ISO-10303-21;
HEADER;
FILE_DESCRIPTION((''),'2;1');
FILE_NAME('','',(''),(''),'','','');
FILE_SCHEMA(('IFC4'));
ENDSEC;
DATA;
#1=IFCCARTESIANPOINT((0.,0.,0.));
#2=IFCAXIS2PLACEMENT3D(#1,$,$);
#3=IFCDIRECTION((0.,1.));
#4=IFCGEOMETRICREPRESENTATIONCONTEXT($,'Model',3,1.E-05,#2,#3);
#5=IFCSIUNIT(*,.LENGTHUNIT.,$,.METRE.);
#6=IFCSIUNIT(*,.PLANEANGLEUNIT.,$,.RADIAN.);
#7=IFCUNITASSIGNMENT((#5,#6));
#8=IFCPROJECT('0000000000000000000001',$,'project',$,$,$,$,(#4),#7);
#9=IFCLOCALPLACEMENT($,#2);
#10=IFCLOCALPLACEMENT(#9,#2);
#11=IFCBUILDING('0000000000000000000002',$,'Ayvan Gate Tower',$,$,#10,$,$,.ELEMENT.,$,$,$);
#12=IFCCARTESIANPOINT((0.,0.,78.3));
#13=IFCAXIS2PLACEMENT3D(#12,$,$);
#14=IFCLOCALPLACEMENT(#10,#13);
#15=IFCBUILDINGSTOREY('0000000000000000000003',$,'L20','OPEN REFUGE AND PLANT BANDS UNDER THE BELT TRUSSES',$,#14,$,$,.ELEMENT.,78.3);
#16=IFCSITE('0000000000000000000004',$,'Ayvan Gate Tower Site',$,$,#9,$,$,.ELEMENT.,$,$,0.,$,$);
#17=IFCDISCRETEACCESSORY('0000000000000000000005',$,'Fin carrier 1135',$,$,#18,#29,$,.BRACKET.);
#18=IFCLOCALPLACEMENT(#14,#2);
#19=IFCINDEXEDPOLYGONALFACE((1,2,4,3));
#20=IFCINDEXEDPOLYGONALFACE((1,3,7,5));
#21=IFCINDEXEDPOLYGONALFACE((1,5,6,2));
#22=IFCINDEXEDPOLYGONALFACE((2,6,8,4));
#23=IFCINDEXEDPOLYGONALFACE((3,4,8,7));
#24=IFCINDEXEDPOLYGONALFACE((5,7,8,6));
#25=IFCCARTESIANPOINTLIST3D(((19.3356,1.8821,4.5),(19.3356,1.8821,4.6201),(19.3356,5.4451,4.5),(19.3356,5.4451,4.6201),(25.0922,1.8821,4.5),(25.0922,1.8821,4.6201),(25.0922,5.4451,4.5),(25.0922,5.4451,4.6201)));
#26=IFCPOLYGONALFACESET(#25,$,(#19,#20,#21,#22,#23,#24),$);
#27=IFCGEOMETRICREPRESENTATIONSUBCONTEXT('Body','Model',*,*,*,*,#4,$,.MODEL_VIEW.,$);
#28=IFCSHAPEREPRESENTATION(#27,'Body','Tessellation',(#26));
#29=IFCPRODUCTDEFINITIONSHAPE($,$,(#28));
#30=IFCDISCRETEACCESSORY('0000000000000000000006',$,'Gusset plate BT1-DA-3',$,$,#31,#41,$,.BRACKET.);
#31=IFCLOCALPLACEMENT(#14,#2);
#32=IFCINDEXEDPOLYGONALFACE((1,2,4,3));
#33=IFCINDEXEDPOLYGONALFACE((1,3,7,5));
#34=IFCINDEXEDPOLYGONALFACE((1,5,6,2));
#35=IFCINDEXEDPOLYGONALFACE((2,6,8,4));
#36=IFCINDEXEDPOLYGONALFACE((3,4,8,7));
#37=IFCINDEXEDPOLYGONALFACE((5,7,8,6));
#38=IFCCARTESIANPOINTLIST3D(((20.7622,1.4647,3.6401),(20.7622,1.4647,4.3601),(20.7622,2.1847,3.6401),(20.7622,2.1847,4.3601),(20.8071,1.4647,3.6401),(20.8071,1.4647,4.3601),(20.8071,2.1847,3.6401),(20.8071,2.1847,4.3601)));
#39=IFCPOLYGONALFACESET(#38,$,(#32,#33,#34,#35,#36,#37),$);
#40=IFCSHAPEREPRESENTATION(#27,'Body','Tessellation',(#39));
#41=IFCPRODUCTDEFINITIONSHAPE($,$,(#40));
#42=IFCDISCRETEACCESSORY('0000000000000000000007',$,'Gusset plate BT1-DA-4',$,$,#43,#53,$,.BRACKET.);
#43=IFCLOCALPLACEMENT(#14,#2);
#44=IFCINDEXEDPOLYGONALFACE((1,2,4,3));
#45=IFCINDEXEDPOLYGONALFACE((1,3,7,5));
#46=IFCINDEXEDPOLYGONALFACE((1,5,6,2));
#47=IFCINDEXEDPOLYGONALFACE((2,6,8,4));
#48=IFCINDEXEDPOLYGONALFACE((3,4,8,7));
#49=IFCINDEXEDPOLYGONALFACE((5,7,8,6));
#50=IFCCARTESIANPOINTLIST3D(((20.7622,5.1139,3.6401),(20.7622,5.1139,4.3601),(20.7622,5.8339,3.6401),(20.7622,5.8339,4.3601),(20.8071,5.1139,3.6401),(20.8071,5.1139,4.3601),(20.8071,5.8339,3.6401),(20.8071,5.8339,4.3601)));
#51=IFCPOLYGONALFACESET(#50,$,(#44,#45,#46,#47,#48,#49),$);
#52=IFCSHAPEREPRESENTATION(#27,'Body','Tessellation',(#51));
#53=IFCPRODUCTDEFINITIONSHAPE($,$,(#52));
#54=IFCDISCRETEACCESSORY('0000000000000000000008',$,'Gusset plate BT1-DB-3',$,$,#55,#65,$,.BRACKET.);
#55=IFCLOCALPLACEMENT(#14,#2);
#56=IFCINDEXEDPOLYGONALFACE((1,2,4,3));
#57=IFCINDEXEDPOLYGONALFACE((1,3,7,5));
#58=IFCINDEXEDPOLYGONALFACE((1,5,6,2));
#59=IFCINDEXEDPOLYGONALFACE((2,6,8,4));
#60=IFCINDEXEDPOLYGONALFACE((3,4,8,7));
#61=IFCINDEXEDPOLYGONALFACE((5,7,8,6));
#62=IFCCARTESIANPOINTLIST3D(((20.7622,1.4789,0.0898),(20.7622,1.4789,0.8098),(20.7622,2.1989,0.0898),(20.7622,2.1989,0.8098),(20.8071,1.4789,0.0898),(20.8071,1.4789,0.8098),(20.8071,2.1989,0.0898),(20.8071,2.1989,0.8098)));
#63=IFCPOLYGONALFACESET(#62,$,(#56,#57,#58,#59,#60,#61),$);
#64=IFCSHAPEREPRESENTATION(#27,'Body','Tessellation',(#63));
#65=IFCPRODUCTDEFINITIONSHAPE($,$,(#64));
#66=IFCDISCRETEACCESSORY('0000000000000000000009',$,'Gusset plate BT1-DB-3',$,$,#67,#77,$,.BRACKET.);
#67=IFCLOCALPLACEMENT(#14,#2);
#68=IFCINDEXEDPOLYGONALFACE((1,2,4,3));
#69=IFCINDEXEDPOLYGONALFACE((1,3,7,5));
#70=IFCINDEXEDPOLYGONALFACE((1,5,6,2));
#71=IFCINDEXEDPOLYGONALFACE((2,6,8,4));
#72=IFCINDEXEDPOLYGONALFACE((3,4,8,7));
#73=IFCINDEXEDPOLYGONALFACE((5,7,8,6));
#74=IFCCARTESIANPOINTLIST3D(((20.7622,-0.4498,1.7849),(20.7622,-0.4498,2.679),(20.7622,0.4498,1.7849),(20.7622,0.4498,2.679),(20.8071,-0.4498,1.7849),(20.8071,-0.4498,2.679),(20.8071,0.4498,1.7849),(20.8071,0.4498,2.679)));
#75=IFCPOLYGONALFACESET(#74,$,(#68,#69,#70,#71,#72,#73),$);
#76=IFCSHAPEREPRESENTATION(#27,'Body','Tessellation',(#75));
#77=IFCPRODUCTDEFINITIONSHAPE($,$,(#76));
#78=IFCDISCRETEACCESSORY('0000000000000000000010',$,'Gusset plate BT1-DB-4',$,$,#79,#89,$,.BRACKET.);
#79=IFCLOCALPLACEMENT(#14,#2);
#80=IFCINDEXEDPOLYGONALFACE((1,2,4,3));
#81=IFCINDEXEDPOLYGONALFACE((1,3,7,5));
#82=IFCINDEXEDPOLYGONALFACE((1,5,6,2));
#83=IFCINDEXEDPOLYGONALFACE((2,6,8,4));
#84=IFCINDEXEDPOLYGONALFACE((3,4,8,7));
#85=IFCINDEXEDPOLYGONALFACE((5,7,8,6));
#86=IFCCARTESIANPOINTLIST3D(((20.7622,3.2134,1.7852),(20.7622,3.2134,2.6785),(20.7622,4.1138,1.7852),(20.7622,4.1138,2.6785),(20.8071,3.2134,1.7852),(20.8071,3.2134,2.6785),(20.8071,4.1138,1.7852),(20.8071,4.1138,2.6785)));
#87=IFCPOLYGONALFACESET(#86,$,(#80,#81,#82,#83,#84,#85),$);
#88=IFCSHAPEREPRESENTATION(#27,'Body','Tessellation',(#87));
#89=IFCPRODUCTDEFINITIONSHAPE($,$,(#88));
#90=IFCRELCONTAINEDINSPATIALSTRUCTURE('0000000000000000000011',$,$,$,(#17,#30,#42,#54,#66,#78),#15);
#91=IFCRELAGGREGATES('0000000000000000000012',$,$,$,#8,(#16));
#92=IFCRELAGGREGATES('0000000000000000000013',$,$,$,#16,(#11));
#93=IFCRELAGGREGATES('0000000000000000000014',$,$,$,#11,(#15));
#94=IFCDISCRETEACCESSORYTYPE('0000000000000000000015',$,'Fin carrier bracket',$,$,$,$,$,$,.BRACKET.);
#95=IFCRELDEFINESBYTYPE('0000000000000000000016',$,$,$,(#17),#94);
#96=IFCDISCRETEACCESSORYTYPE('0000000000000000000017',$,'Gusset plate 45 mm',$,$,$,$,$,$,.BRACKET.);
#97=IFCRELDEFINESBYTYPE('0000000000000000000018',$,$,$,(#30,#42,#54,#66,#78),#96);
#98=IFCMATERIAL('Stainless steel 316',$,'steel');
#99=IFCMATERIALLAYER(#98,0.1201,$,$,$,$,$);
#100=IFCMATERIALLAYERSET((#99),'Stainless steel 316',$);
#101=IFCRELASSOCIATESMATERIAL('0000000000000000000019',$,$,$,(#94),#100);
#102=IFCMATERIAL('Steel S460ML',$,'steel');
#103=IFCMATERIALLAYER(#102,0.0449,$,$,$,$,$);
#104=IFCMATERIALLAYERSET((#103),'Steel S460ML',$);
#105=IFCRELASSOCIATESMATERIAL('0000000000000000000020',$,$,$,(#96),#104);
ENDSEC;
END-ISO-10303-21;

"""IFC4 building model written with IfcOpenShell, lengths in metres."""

from ifc_helpers import new_model, si_unit, direction, frame, origin, origin_2d, place, context, subcontext, project, spatial, rectangle, extrude, material, layer, layer_set, type_object, element, save


model = new_model("IFC4")

# Units and contexts
model_context = context("Model", 3, precision=1e-05, world=origin(), true_north=direction((0.0, 1.0)))
body_context = subcontext(model_context, "Body", "Model", "MODEL_VIEW")
ifc_project = project(units=[si_unit("LENGTHUNIT", "METRE"), si_unit("PLANEANGLEUNIT", "RADIAN")], contexts=[model_context])

# Site, building, storey
site_placement = place(None, origin())
site = spatial("IfcSite", under=ifc_project, at=site_placement, Name="Ayvan Gate Tower Site", CompositionType="ELEMENT", RefElevation=0.0)
building_placement = place(site_placement, origin())
building = spatial("IfcBuilding", under=site, at=building_placement, Name="Ayvan Gate Tower", CompositionType="ELEMENT")
storey_placement = place(building_placement, frame((0.0, 0.0, 78.3)))
storey = spatial("IfcBuildingStorey", under=building, at=storey_placement, Name="L20", Description="OPEN REFUGE AND PLANT BANDS UNDER THE BELT TRUSSES", CompositionType="ELEMENT", Elevation=78.3)

# Shared definitions
ifc_material_1 = material(Name="Steel S460ML", Category="steel")

# Discrete accessories
ifc_material_2 = material(Name="Stainless steel 316", Category="steel")
ifc_layer_1 = layer(ifc_material_2, 0.1201)
ifc_layer_set_1 = layer_set([ifc_layer_1], Name="Stainless steel 316")
discrete_accessory_type_1 = type_object("IfcDiscreteAccessoryType", Name="Fin carrier bracket", PredefinedType="BRACKET", material=ifc_layer_set_1)
discrete_accessory_1_placement = place(storey_placement, frame((22.2139, 3.6636, 4.5), z_axis=(0.0, 0.0, 1.0), x_axis=(0.0, 1.0, 0.0)))
element("IfcDiscreteAccessory", 1, at=discrete_accessory_1_placement, inside=storey, type_object=discrete_accessory_type_1, Name="Fin carrier 1135", PredefinedType="BRACKET", context=body_context, shape_type="SweptSolid", body=[
    extrude(rectangle(XDim=3.563, YDim=5.7566, at=origin_2d()), origin(), (0.0, 0.0, 1.0), 0.1201),
])
ifc_layer_2 = layer(ifc_material_1, 0.0449)
ifc_layer_set_2 = layer_set([ifc_layer_2], Name="Steel S460ML")
discrete_accessory_type_2 = type_object("IfcDiscreteAccessoryType", Name="Gusset plate 45 mm", PredefinedType="BRACKET", material=ifc_layer_set_2)
for number, where, z_axis, x_axis, name in (
    (2, (20.7847, 1.8247, 3.6401), (0.0, 0.0, 1.0), (0.0, 1.0, 0.0), "Gusset plate BT1-DA-3"),
    (3, (20.7847, 5.4739, 3.6401), (0.0, 0.0, 1.0), (0.0, 1.0, 0.0), "Gusset plate BT1-DA-4"),
    (4, (20.7847, 1.8389, 0.0898), (0.0, 0.0, 1.0), (0.0, 1.0, 0.0), "Gusset plate BT1-DB-3"),
):
    element("IfcDiscreteAccessory", number, at=place(storey_placement, frame(where, z_axis=z_axis, x_axis=x_axis)), inside=storey, type_object=discrete_accessory_type_2, Name=name, PredefinedType="BRACKET", context=body_context, shape_type="SweptSolid", body=[
        extrude(rectangle(XDim=0.72, YDim=0.0449, at=origin_2d()), origin(), (0.0, 0.0, 1.0), 0.72),
    ])
discrete_accessory_2_placement = place(storey_placement, frame((20.7847, 0.0, 1.7849), z_axis=(0.0, 0.0, 1.0), x_axis=(0.0, 1.0, 0.0)))
element("IfcDiscreteAccessory", 5, at=discrete_accessory_2_placement, inside=storey, type_object=discrete_accessory_type_2, Name="Gusset plate BT1-DB-3", PredefinedType="BRACKET", context=body_context, shape_type="SweptSolid", body=[
    extrude(rectangle(XDim=0.8997, YDim=0.0449, at=origin_2d()), origin(), (0.0, 0.0, 1.0), 0.894),
])
discrete_accessory_3_placement = place(storey_placement, frame((20.7847, 3.6636, 1.7852), z_axis=(0.0, 0.0, 1.0), x_axis=(0.0, 1.0, 0.0)))
element("IfcDiscreteAccessory", 6, at=discrete_accessory_3_placement, inside=storey, type_object=discrete_accessory_type_2, Name="Gusset plate BT1-DB-4", PredefinedType="BRACKET", context=body_context, shape_type="SweptSolid", body=[
    extrude(rectangle(XDim=0.9004, YDim=0.0449, at=origin_2d()), origin(), (0.0, 0.0, 1.0), 0.8933),
])

save(model, "model.ifc")
